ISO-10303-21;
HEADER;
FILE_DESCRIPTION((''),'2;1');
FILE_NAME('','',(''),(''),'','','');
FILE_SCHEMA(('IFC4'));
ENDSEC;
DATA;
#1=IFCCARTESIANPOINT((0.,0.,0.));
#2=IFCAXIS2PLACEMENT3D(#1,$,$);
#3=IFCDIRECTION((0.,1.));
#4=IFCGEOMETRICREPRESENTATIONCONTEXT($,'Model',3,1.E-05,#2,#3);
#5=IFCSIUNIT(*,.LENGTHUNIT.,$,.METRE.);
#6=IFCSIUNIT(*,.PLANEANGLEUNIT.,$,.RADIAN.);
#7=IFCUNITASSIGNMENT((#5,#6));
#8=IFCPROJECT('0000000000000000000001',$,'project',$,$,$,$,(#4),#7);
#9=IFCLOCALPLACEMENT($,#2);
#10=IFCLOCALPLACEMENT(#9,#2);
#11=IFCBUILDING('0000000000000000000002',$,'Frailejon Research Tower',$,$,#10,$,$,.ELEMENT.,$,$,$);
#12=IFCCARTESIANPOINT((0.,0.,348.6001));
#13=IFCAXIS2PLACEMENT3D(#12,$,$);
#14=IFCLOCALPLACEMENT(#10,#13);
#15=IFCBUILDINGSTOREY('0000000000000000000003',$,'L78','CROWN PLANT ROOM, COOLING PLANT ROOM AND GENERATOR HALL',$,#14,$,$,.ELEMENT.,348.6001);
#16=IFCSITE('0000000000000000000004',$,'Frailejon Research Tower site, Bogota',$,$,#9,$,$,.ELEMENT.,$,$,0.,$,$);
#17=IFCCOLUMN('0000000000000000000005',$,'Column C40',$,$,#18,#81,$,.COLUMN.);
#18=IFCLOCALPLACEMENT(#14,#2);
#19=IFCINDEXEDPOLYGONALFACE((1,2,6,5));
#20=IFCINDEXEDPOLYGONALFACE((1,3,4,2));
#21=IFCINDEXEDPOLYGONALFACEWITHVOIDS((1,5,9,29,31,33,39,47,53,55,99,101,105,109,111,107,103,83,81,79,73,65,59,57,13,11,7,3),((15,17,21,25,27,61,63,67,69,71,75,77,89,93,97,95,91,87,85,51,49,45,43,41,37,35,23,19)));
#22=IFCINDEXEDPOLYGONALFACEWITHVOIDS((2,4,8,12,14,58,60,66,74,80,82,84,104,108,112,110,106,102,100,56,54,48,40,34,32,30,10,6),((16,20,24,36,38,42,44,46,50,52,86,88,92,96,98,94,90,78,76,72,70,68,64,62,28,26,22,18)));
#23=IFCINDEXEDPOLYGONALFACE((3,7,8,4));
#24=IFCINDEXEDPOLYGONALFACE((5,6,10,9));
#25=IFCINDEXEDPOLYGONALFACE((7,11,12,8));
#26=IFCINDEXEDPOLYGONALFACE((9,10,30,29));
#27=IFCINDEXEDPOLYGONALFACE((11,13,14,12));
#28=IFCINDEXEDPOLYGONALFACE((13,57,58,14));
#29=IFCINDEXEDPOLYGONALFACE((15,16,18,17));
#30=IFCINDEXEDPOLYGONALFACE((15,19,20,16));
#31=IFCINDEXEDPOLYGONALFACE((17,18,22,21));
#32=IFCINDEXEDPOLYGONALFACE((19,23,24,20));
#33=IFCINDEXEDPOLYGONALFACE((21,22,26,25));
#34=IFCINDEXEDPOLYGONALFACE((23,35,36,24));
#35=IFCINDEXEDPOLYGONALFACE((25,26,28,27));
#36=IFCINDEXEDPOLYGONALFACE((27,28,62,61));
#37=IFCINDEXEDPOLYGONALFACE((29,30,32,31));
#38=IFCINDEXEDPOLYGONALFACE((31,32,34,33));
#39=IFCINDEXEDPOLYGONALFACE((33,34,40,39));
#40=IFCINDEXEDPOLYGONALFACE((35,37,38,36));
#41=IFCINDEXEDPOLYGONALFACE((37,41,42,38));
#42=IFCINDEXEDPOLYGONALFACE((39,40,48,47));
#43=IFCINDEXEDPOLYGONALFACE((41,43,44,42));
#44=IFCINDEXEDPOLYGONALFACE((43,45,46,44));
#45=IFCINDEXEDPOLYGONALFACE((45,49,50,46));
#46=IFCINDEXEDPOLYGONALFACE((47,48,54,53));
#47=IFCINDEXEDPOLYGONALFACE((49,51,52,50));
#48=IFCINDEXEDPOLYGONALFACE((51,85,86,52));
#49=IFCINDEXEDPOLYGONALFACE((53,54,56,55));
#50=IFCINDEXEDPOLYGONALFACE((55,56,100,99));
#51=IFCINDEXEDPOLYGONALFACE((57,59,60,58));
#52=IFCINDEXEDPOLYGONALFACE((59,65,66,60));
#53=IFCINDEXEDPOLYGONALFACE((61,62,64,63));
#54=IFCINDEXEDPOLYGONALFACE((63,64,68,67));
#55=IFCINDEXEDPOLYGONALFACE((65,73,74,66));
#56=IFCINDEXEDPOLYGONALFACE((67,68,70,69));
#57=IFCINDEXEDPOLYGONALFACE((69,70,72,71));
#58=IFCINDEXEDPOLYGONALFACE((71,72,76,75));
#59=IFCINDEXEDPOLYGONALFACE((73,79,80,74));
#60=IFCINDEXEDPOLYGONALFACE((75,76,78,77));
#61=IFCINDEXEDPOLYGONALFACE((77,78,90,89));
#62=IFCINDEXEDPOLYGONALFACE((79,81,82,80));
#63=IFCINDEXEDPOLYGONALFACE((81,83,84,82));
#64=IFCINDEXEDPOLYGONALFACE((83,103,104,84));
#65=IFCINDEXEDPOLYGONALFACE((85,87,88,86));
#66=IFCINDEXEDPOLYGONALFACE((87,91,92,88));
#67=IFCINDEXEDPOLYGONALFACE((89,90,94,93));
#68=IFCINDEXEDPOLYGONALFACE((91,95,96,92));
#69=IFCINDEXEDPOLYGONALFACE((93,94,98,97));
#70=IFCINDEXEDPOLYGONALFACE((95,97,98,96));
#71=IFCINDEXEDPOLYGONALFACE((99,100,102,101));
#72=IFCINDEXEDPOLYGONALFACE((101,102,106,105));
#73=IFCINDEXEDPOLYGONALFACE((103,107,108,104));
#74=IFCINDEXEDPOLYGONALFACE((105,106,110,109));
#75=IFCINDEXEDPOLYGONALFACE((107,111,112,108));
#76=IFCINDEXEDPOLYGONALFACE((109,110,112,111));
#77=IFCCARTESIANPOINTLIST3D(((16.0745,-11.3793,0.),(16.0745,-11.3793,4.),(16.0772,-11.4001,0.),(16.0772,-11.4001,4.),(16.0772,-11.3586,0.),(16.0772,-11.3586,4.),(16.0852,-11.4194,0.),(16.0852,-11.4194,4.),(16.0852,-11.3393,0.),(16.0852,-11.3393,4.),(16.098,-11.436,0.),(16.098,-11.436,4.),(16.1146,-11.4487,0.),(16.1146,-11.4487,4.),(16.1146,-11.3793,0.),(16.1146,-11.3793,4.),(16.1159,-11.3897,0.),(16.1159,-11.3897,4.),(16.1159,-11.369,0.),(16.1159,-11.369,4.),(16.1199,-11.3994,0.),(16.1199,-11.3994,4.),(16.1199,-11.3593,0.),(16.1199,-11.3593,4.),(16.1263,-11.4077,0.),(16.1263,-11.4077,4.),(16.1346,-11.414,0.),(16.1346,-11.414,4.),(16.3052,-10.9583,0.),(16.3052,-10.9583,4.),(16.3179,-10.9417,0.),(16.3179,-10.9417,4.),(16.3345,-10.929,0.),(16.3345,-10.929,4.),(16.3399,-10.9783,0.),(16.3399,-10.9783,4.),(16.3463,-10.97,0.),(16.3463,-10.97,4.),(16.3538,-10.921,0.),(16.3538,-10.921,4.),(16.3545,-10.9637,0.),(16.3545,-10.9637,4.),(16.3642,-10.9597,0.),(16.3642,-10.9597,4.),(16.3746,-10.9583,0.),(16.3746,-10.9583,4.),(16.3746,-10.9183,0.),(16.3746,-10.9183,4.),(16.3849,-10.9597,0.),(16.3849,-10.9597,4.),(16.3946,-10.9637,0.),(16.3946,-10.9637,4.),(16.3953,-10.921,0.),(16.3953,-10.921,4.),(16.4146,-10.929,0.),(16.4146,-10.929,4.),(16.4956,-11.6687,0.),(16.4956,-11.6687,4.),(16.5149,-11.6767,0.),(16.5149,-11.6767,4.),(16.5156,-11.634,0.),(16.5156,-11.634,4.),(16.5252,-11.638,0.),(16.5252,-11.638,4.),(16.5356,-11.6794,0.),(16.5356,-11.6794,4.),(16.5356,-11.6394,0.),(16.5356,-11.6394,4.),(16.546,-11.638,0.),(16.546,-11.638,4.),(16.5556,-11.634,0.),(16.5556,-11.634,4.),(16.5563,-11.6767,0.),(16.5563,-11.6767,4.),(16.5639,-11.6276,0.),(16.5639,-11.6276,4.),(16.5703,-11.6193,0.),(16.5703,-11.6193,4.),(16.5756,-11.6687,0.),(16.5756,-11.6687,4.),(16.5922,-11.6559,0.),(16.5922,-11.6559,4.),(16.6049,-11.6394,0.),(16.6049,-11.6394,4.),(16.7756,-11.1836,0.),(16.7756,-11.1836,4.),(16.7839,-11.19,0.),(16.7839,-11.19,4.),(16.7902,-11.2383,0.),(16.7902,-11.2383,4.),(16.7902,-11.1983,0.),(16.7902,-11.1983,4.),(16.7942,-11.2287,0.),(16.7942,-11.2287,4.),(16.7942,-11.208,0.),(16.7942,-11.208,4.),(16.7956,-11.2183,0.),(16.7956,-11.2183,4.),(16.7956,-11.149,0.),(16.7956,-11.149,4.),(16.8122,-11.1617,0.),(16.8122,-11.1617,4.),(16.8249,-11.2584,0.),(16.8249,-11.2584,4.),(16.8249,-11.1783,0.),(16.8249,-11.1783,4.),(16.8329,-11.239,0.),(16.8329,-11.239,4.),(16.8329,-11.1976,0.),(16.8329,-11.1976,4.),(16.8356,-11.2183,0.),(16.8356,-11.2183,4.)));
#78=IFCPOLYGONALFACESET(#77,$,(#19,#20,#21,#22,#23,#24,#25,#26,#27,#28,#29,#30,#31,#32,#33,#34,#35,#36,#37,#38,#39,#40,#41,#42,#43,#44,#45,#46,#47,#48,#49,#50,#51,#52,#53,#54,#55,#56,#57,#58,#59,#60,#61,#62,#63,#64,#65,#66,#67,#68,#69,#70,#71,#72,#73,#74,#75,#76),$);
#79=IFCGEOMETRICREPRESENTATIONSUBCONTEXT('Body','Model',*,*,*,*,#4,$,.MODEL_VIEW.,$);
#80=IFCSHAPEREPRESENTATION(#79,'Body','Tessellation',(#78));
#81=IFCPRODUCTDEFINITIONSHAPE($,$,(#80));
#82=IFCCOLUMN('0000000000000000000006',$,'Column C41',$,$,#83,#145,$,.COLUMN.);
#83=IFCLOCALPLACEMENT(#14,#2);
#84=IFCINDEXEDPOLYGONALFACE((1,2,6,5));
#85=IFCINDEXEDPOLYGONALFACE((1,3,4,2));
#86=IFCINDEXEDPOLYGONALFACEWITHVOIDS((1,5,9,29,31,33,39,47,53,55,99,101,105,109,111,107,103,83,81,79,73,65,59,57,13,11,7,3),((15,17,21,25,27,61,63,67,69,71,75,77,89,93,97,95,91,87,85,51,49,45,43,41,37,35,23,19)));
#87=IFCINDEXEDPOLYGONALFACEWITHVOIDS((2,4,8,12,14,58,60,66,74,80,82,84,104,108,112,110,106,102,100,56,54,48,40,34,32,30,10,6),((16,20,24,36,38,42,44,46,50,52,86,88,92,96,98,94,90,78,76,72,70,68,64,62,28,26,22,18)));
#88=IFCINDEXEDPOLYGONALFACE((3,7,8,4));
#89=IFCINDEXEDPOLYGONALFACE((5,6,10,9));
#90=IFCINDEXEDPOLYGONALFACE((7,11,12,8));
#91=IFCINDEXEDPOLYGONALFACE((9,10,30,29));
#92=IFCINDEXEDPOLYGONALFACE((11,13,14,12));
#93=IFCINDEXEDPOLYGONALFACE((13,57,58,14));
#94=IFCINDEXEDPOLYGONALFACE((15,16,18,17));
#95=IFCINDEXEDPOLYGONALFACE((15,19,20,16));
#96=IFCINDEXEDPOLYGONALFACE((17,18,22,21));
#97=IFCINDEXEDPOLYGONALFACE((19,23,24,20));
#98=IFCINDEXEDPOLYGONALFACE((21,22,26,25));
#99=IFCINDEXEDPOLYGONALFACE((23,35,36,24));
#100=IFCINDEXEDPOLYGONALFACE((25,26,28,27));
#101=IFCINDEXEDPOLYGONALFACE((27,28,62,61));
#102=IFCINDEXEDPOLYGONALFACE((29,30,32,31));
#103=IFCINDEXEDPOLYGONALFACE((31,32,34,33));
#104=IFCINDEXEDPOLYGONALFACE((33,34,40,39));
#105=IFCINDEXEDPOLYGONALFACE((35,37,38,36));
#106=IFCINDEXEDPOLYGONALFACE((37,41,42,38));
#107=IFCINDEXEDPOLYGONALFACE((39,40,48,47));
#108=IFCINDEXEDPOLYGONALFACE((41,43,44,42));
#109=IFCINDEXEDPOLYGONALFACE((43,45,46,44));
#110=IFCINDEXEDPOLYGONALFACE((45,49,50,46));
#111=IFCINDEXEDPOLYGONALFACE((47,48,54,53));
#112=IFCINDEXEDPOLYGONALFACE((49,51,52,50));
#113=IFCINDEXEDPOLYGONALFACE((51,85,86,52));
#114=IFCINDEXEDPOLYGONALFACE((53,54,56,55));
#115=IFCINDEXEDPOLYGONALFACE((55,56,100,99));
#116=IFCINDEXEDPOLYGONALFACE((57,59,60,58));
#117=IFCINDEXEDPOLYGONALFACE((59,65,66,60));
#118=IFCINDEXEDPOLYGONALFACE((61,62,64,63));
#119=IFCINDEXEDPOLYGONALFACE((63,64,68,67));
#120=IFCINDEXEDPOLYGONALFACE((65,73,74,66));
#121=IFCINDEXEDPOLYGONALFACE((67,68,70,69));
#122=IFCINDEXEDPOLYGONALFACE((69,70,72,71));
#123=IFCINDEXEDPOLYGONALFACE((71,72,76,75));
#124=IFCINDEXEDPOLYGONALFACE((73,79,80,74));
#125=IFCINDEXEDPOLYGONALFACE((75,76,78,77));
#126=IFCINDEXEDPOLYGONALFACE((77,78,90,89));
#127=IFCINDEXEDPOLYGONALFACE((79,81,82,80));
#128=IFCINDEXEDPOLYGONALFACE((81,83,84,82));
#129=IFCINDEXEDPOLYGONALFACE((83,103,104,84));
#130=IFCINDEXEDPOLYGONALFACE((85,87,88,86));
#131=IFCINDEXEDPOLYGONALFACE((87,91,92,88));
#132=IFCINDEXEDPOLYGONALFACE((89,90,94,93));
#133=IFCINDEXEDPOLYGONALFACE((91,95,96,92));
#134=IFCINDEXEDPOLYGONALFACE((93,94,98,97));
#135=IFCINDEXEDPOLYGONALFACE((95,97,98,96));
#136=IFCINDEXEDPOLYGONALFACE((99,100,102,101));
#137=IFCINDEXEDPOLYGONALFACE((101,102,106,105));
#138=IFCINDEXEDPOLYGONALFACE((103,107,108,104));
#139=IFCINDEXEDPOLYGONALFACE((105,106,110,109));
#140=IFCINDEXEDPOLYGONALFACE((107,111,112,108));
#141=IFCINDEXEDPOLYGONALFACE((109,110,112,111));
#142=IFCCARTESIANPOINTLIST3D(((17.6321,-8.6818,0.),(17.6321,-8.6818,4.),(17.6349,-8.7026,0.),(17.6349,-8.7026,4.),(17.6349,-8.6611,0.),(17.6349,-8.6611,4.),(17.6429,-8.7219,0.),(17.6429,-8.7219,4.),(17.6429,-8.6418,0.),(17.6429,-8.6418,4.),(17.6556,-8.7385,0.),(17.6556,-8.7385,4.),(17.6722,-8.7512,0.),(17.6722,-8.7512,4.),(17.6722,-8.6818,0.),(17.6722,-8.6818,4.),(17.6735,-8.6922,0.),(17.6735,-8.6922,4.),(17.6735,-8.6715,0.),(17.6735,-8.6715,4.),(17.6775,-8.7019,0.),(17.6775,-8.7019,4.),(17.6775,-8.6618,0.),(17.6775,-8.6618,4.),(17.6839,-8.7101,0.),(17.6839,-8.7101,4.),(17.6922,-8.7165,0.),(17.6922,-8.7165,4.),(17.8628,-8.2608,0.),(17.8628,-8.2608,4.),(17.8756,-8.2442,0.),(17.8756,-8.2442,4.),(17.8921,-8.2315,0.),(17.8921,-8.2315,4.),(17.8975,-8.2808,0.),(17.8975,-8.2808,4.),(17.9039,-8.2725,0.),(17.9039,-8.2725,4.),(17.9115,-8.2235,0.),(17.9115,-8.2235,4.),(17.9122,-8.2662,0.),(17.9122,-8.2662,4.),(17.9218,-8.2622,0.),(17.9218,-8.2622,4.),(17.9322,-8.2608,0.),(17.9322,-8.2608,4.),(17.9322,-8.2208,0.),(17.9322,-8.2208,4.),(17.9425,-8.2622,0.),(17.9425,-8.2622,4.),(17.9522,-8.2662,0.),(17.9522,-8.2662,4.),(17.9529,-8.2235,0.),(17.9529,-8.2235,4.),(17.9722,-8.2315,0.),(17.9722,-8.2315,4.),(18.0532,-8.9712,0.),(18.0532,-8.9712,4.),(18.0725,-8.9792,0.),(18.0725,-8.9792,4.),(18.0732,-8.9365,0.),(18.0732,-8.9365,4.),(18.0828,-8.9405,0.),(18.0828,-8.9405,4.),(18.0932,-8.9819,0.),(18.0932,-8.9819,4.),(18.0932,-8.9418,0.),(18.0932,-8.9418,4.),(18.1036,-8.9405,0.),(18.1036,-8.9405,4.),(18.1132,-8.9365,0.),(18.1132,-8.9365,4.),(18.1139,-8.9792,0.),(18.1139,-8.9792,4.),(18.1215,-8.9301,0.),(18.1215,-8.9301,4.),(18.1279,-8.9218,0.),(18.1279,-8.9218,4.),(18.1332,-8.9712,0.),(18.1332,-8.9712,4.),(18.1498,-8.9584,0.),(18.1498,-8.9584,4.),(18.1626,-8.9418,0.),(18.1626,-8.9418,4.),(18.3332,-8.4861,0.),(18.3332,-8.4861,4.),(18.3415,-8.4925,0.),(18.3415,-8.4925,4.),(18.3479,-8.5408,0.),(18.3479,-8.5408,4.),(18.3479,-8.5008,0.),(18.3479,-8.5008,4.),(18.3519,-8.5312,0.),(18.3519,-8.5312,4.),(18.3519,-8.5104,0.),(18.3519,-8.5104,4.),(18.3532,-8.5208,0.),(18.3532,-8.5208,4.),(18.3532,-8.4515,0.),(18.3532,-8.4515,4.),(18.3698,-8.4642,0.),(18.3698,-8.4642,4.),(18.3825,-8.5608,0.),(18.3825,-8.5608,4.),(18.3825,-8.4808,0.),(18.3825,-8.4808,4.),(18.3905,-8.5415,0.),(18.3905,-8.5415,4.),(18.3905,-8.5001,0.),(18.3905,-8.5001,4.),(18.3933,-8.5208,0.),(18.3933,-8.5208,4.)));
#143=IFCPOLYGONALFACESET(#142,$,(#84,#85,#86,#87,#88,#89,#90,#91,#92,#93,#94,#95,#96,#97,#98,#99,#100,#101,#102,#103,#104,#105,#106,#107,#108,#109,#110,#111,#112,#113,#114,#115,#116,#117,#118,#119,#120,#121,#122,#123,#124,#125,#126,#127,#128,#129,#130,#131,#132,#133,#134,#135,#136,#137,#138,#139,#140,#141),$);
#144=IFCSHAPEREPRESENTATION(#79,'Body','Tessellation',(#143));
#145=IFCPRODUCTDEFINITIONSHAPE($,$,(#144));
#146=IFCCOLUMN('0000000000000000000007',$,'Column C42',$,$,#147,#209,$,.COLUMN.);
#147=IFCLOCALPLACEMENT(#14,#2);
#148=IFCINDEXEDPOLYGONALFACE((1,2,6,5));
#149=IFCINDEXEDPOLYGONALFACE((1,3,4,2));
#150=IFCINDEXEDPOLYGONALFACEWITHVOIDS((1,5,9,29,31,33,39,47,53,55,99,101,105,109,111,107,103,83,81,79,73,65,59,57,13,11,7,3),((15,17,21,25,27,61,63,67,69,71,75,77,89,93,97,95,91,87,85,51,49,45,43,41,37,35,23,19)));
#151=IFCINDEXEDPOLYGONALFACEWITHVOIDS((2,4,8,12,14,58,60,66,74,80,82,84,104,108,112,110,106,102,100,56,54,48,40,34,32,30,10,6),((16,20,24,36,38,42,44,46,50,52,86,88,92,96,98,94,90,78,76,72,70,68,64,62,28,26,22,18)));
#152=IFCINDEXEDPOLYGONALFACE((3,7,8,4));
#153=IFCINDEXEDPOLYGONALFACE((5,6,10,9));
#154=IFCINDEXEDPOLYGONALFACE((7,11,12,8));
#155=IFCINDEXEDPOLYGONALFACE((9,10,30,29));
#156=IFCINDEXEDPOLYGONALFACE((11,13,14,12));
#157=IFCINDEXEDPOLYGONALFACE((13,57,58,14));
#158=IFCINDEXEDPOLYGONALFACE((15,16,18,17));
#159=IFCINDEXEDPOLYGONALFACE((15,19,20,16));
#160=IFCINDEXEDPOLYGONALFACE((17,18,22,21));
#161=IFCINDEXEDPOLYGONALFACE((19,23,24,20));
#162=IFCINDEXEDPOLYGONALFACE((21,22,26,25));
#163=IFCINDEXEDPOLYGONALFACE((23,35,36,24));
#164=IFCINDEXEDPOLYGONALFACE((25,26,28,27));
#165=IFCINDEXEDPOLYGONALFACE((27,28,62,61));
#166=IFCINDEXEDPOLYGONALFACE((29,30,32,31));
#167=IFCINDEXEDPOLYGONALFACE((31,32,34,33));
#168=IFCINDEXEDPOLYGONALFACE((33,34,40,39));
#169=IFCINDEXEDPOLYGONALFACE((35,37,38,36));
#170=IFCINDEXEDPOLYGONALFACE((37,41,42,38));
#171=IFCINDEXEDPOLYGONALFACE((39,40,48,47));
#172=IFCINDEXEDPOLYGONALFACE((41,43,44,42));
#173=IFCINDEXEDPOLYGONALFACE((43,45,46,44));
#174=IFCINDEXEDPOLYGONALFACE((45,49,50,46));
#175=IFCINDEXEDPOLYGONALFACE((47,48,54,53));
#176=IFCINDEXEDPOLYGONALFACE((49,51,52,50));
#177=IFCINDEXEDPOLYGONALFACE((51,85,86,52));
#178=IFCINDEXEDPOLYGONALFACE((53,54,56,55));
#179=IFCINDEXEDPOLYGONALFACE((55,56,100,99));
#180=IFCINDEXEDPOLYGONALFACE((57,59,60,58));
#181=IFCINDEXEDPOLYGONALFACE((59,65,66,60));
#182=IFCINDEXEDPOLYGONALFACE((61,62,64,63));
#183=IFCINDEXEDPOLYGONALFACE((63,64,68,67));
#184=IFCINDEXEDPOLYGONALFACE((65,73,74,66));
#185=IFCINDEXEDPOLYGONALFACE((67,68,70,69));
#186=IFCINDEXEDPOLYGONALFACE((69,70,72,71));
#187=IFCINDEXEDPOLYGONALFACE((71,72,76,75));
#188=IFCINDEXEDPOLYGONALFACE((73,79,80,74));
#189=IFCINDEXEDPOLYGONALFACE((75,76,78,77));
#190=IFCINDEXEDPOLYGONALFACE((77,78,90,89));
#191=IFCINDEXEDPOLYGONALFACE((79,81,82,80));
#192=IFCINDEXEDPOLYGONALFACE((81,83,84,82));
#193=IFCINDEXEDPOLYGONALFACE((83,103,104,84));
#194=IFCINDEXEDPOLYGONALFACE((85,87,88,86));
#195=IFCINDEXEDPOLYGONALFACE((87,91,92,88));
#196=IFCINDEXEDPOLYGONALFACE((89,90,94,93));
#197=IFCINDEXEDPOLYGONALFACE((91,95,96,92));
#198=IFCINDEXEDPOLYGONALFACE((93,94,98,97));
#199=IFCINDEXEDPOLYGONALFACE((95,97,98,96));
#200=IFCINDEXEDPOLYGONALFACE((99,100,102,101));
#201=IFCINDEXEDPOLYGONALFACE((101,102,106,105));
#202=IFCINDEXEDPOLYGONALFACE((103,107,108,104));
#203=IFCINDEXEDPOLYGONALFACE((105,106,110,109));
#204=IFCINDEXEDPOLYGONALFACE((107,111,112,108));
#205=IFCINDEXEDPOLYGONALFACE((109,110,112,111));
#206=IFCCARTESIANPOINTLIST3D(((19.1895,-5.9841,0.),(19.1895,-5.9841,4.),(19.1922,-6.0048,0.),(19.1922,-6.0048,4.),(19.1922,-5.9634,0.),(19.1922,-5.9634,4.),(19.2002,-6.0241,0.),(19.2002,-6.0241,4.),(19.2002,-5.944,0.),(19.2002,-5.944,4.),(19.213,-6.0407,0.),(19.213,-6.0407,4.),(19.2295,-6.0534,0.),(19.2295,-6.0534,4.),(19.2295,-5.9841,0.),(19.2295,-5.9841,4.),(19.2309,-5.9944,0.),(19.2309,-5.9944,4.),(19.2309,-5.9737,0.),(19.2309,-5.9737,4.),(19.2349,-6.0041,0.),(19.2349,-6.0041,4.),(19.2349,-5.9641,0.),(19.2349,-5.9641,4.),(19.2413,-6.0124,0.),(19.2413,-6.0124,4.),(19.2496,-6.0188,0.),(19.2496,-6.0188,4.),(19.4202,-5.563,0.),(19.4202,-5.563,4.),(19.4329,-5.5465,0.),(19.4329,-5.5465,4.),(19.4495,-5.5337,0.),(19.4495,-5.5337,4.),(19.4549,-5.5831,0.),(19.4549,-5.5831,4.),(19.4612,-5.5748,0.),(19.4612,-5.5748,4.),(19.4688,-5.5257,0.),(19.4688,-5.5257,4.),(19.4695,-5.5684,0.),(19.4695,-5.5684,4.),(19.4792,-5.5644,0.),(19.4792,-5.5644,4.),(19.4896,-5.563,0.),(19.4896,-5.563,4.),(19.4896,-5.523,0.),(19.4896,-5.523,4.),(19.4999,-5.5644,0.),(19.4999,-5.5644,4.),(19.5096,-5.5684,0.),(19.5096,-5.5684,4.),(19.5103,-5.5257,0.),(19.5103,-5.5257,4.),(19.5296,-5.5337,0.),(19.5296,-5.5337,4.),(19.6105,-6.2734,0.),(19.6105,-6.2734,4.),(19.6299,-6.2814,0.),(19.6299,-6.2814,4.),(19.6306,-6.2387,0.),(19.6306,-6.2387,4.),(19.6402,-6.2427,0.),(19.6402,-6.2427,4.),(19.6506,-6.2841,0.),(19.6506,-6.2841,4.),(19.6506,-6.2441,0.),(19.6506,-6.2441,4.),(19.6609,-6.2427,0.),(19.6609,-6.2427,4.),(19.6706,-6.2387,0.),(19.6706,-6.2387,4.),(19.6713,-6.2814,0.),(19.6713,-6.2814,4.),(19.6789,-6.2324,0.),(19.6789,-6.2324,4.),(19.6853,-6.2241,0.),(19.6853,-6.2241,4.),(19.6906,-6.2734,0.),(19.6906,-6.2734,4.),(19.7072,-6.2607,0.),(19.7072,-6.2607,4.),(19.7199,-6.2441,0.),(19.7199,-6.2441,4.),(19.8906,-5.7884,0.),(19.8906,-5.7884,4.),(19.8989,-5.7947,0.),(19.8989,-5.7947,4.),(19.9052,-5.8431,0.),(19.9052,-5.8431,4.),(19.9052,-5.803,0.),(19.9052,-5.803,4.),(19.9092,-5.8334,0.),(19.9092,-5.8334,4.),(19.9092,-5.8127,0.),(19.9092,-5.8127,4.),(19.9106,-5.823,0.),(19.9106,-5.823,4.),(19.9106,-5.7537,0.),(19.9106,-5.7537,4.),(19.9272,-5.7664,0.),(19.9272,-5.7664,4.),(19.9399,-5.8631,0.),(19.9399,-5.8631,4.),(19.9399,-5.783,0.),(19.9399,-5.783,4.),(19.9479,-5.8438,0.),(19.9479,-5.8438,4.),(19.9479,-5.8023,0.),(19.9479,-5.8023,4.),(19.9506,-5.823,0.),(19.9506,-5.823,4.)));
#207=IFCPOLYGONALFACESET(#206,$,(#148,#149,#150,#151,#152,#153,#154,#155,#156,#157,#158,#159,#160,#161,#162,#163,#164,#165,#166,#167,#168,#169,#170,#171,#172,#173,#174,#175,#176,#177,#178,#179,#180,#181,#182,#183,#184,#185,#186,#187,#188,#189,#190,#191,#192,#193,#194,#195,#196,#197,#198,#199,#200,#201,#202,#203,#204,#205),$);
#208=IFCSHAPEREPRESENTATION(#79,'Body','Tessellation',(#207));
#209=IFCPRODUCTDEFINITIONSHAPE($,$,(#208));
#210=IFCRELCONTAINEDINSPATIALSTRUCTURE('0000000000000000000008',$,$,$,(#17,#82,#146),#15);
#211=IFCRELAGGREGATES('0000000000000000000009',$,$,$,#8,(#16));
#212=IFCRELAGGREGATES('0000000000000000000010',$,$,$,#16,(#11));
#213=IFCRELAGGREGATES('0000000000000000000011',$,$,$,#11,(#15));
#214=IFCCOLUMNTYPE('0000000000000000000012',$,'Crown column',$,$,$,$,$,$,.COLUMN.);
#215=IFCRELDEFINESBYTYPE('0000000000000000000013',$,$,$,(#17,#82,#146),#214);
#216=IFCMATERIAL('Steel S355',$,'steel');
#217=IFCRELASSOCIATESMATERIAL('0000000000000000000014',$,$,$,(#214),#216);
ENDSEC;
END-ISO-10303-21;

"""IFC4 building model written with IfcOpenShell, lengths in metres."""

from ifc_helpers import new_model, si_unit, direction, frame, origin, origin_2d, place, context, subcontext, project, spatial, hollow_rectangle, extrude, material, material_profile, profile_set, type_object, element, save


model = new_model("IFC4")

# Units and contexts
model_context = context("Model", 3, precision=1e-05, world=origin(), true_north=direction((0.0, 1.0)))
body_context = subcontext(model_context, "Body", "Model", "MODEL_VIEW")
ifc_project = project(units=[si_unit("LENGTHUNIT", "METRE"), si_unit("PLANEANGLEUNIT", "RADIAN")], contexts=[model_context])

# Site, building, storey
site_placement = place(None, origin())
site = spatial("IfcSite", under=ifc_project, at=site_placement, Name="Frailejon Research Tower site, Bogota", CompositionType="ELEMENT", RefElevation=0.0)
building_placement = place(site_placement, origin())
building = spatial("IfcBuilding", under=site, at=building_placement, Name="Frailejon Research Tower", CompositionType="ELEMENT")
storey_placement = place(building_placement, frame((0.0, 0.0, 348.6001)))
storey = spatial("IfcBuildingStorey", under=building, at=storey_placement, Name="L78", Description="CROWN PLANT ROOM, COOLING PLANT ROOM AND GENERATOR HALL", CompositionType="ELEMENT", Elevation=348.6001)

# Columns
ifc_material_1 = material(Name="Steel S355", Category="steel")
ifc_material_profile_1 = material_profile(ifc_material_1, hollow_rectangle(XDim=0.6001, YDim=0.6001, WallThickness=0.04, InnerFilletRadius=0.04, OuterFilletRadius=0.0801, at=origin_2d()), Name="Crown column")
ifc_profile_set_1 = profile_set([ifc_material_profile_1], Name="Steel S355")
column_type = type_object("IfcColumnType", Name="Crown column", PredefinedType="COLUMN", material=ifc_profile_set_1)
for number, where, z_axis, x_axis, name in (
    (1, (16.4551, -11.2988, 0.0), (0.0, 0.0, 1.0), (0.5, 0.866025, 0.0), "Column C40"),
    (2, (18.0127, -8.6013, 0.0), (0.0, 0.0, 1.0), (0.5, 0.866025, 0.0), "Column C41"),
    (3, (19.5701, -5.9036, 0.0), (0.0, 0.0, 1.0), (0.5, 0.866025, 0.0), "Column C42"),
):
    element("IfcColumn", number, at=place(storey_placement, frame(where, z_axis=z_axis, x_axis=x_axis)), inside=storey, type_object=column_type, Name=name, PredefinedType="COLUMN", context=body_context, shape_type="SweptSolid", body=[
        extrude(hollow_rectangle(XDim=0.6001, YDim=0.6001, WallThickness=0.04, InnerFilletRadius=0.04, OuterFilletRadius=0.0801, at=origin_2d()), origin(), (0.0, 0.0, 1.0), 4.0),
    ])

save(model, "model.ifc")
